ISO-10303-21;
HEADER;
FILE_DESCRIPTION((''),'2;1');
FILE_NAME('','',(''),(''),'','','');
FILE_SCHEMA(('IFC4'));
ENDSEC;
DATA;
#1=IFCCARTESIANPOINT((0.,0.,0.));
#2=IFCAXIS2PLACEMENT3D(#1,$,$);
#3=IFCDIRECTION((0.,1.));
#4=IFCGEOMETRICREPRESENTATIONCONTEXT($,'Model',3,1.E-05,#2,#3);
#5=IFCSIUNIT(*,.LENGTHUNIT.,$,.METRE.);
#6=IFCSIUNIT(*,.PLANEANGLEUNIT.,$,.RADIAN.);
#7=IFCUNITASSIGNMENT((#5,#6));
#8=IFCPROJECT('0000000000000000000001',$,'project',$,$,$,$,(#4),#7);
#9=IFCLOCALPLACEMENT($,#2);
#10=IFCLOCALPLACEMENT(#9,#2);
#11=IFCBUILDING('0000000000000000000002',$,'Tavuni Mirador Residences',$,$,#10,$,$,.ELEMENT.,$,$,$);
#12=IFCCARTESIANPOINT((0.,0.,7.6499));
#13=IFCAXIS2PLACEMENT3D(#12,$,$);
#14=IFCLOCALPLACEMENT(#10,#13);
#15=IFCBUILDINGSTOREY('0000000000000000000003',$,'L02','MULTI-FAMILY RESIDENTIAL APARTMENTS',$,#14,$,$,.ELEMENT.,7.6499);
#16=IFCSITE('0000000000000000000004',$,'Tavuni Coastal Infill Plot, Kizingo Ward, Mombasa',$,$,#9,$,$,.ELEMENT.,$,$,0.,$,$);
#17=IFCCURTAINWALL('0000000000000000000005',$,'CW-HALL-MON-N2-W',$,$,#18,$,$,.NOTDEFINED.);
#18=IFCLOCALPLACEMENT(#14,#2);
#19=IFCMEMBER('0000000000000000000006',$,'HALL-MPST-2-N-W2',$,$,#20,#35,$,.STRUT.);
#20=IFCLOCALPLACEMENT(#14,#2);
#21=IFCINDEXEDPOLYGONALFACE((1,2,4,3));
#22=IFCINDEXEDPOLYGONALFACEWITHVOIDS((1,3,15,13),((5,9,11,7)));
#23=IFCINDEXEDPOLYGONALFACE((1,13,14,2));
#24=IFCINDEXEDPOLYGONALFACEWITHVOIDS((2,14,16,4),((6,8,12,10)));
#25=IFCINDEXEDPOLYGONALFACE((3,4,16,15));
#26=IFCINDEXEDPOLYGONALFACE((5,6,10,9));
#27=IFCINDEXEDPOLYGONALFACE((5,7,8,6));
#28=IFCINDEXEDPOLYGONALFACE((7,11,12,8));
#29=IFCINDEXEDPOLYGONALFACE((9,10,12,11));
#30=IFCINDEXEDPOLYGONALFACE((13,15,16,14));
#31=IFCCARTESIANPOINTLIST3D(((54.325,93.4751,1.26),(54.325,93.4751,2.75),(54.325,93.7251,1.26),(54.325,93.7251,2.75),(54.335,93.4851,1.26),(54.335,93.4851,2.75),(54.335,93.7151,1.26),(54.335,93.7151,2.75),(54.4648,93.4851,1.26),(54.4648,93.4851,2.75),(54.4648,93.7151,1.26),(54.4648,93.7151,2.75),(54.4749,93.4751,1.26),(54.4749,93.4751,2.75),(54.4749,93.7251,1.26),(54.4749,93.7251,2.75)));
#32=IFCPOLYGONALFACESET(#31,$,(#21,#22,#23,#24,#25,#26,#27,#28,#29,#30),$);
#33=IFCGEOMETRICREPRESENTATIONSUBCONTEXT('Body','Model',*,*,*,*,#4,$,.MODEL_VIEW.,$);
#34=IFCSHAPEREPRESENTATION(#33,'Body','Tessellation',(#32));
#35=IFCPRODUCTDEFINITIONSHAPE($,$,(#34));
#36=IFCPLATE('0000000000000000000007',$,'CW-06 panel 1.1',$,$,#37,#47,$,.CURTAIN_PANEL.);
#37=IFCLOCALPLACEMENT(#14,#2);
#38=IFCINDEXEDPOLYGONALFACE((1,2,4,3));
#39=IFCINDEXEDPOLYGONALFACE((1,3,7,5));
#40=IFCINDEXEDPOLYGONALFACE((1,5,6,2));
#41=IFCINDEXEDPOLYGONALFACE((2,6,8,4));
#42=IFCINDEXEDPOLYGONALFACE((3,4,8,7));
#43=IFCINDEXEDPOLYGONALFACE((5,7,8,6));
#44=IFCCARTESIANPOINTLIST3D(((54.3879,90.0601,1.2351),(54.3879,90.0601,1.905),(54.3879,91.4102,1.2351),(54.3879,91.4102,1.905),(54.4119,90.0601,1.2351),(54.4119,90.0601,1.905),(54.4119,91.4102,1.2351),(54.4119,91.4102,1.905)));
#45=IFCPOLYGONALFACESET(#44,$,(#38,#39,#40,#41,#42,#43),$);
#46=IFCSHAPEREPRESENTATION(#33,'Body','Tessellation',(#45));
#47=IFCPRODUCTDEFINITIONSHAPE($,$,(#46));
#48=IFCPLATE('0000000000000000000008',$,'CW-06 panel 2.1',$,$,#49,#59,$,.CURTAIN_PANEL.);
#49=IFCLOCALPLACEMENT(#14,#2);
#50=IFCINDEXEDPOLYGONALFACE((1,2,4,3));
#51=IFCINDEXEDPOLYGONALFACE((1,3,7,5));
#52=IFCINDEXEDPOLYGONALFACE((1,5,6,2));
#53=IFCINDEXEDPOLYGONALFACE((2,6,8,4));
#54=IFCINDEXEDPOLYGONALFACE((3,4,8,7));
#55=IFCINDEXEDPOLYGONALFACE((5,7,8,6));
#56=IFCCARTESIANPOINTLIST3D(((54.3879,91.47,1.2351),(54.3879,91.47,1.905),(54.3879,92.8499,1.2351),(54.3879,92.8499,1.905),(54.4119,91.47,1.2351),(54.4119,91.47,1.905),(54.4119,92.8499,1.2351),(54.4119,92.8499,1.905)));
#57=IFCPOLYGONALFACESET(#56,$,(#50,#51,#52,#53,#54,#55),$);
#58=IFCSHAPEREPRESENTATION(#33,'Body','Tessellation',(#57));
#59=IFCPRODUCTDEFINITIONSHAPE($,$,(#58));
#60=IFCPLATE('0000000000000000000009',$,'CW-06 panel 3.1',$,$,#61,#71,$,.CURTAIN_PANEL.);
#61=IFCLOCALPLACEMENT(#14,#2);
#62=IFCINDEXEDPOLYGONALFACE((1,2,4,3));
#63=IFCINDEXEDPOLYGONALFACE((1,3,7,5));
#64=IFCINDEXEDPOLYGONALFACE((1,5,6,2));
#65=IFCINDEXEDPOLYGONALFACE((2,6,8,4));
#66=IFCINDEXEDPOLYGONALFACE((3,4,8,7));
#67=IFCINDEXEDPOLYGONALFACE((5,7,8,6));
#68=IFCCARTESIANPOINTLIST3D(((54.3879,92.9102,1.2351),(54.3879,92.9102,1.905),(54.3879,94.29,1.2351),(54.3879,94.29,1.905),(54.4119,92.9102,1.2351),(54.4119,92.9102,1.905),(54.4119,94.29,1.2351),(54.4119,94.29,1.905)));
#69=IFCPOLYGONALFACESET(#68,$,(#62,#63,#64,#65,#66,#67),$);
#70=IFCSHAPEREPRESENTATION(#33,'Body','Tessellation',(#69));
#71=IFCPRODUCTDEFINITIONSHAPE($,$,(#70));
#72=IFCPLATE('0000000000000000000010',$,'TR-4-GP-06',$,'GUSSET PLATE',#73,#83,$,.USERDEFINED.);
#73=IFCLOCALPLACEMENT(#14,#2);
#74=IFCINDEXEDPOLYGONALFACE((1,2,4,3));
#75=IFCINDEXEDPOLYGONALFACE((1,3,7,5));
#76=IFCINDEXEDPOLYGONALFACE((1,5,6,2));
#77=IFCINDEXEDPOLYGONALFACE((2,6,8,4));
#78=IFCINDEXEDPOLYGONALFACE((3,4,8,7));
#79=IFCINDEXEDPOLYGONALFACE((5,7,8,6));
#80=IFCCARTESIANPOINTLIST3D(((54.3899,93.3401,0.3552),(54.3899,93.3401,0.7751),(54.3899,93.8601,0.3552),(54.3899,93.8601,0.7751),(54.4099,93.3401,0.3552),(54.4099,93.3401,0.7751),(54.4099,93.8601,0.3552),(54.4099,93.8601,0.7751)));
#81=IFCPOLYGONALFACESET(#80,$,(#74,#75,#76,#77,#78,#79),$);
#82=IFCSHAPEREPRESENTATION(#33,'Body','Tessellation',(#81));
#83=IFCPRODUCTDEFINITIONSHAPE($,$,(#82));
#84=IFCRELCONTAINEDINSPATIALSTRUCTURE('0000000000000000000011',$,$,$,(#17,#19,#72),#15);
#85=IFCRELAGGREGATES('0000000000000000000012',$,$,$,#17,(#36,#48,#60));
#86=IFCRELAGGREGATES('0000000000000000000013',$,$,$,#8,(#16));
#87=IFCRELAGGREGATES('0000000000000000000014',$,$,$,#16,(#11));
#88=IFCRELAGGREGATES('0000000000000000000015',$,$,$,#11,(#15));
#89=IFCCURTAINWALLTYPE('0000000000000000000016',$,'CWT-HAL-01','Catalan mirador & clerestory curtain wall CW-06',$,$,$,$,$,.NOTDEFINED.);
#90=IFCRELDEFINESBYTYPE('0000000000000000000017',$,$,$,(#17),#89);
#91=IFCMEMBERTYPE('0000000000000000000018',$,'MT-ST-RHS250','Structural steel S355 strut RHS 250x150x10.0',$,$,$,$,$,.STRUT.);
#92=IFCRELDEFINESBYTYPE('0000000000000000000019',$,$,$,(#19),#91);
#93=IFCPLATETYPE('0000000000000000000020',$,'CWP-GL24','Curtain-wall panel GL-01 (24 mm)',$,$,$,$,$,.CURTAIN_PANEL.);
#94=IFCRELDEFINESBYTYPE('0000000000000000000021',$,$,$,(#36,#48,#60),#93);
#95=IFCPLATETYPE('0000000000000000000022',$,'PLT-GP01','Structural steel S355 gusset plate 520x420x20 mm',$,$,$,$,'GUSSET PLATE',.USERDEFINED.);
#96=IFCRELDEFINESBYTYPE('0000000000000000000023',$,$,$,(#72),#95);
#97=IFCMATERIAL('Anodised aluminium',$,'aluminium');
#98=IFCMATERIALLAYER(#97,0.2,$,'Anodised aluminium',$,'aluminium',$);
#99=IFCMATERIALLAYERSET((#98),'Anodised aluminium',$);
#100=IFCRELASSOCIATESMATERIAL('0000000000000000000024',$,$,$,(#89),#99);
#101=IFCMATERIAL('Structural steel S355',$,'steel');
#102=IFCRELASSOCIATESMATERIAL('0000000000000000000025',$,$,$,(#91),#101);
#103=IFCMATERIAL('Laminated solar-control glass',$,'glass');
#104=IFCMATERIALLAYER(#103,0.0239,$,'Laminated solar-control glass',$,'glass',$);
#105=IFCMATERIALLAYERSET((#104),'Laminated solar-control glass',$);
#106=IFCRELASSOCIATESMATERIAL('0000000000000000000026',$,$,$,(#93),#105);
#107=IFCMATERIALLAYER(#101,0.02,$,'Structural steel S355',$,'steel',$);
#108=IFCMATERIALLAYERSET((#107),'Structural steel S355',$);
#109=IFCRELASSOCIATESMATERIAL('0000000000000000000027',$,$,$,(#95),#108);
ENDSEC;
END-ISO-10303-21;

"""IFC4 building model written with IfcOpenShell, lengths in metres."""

from ifc_helpers import new_model, si_unit, direction, frame, origin, origin_2d, place, context, subcontext, project, spatial, rectangle, hollow_rectangle, extrude, material, layer, layer_set, material_profile, profile_set, type_object, element, aggregate, save


model = new_model("IFC4")

# Units and contexts
model_context = context("Model", 3, precision=1e-05, world=origin(), true_north=direction((0.0, 1.0)))
body_context = subcontext(model_context, "Body", "Model", "MODEL_VIEW")
ifc_project = project(units=[si_unit("LENGTHUNIT", "METRE"), si_unit("PLANEANGLEUNIT", "RADIAN")], contexts=[model_context])

# Site, building, storey
site_placement = place(None, origin())
site = spatial("IfcSite", under=ifc_project, at=site_placement, Name="Tavuni Coastal Infill Plot, Kizingo Ward, Mombasa", CompositionType="ELEMENT", RefElevation=0.0)
building_placement = place(site_placement, origin())
building = spatial("IfcBuilding", under=site, at=building_placement, Name="Tavuni Mirador Residences", CompositionType="ELEMENT")
storey_placement = place(building_placement, frame((0.0, 0.0, 7.6499)))
storey = spatial("IfcBuildingStorey", under=building, at=storey_placement, Name="L02", Description="MULTI-FAMILY RESIDENTIAL APARTMENTS", CompositionType="ELEMENT", Elevation=7.6499)

# Curtain wall
ifc_material_1 = material(Name="Anodised aluminium", Category="aluminium")
ifc_layer_1 = layer(ifc_material_1, 0.2, Name="Anodised aluminium", Category="aluminium")
ifc_layer_set_1 = layer_set([ifc_layer_1], Name="Anodised aluminium")
curtain_wall_type = type_object("IfcCurtainWallType", Name="CWT-HAL-01", Description="Catalan mirador & clerestory curtain wall CW-06", PredefinedType="NOTDEFINED", material=ifc_layer_set_1)
curtain_wall_placement = place(storey_placement, origin())
curtain_wall = element("IfcCurtainWall", 1, at=curtain_wall_placement, inside=storey, type_object=curtain_wall_type, Name="CW-HALL-MON-N2-W", PredefinedType="NOTDEFINED")

# Member
ifc_material_2 = material(Name="Structural steel S355", Category="steel")
ifc_material_profile_1 = material_profile(ifc_material_2, hollow_rectangle(XDim=0.1499, YDim=0.25, WallThickness=0.01, at=origin_2d()), Name="RHS 250x150x10.0", Category="steel")
ifc_profile_set_1 = profile_set([ifc_material_profile_1], Name="Structural steel S355")
member_type_1 = type_object("IfcMemberType", Name="MT-ST-RHS250", Description="Structural steel S355 strut RHS 250x150x10.0", PredefinedType="STRUT", material=ifc_profile_set_1)
member_1_placement = place(storey_placement, frame((54.3999, 93.6001, 1.26), z_axis=(0.0, 0.0, 1.0), x_axis=(1.0, 0.0, 0.0)))
element("IfcMember", 2, at=member_1_placement, inside=storey, type_object=member_type_1, Name="HALL-MPST-2-N-W2", PredefinedType="STRUT", context=body_context, shape_type="SweptSolid", body=[
    extrude(hollow_rectangle(XDim=0.1499, YDim=0.25, WallThickness=0.01, at=origin_2d()), origin(), (0.0, 0.0, 1.0), 1.49),
])

# Plates
ifc_material_3 = material(Name="Laminated solar-control glass", Category="glass")
ifc_layer_2 = layer(ifc_material_3, 0.0239, Name="Laminated solar-control glass", Category="glass")
ifc_layer_set_2 = layer_set([ifc_layer_2], Name="Laminated solar-control glass")
plate_type_1 = type_object("IfcPlateType", Name="CWP-GL24", Description="Curtain-wall panel GL-01 (24 mm)", PredefinedType="CURTAIN_PANEL", material=ifc_layer_set_2)
plate_1_placement = place(storey_placement, frame((54.3999, 90.7351, 1.2351), z_axis=(0.0, 0.0, 1.0), x_axis=(0.0, 1.0, 0.0)))
plate_1 = element("IfcPlate", 3, at=plate_1_placement, type_object=plate_type_1, Name="CW-06 panel 1.1", PredefinedType="CURTAIN_PANEL", context=body_context, shape_type="SweptSolid", body=[
    extrude(rectangle(XDim=1.3501, YDim=0.0239, at=origin_2d()), origin(), (0.0, 0.0, 1.0), 0.6699),
])
plate_2_placement = place(storey_placement, frame((54.3999, 92.1599, 1.2351), z_axis=(0.0, 0.0, 1.0), x_axis=(0.0, 1.0, 0.0)))
plate_2 = element("IfcPlate", 4, at=plate_2_placement, type_object=plate_type_1, Name="CW-06 panel 2.1", PredefinedType="CURTAIN_PANEL", context=body_context, shape_type="SweptSolid", body=[
    extrude(rectangle(XDim=1.3799, YDim=0.0239, at=origin_2d()), origin(), (0.0, 0.0, 1.0), 0.6699),
])
plate_3_placement = place(storey_placement, frame((54.3999, 93.6001, 1.2351), z_axis=(0.0, 0.0, 1.0), x_axis=(0.0, 1.0, 0.0)))
plate_3 = element("IfcPlate", 5, at=plate_3_placement, type_object=plate_type_1, Name="CW-06 panel 3.1", PredefinedType="CURTAIN_PANEL", context=body_context, shape_type="SweptSolid", body=[
    extrude(rectangle(XDim=1.3799, YDim=0.0239, at=origin_2d()), origin(), (0.0, 0.0, 1.0), 0.6699),
])
aggregate(curtain_wall, [plate_1, plate_2, plate_3])
ifc_layer_3 = layer(ifc_material_2, 0.02, Name="Structural steel S355", Category="steel")
ifc_layer_set_3 = layer_set([ifc_layer_3], Name="Structural steel S355")
plate_type_2 = type_object("IfcPlateType", Name="PLT-GP01", Description="Structural steel S355 gusset plate 520x420x20 mm", ElementType="GUSSET PLATE", PredefinedType="USERDEFINED", material=ifc_layer_set_3)
plate_4_placement = place(storey_placement, frame((54.3999, 93.6001, 0.3552), z_axis=(0.0, 0.0, 1.0), x_axis=(0.0, 1.0, 0.0)))
element("IfcPlate", 6, at=plate_4_placement, inside=storey, type_object=plate_type_2, Name="TR-4-GP-06", ObjectType="GUSSET PLATE", PredefinedType="USERDEFINED", context=body_context, shape_type="SweptSolid", body=[
    extrude(rectangle(XDim=0.52, YDim=0.02, at=origin_2d()), origin(), (0.0, 0.0, 1.0), 0.4199),
])

save(model, "model.ifc")
